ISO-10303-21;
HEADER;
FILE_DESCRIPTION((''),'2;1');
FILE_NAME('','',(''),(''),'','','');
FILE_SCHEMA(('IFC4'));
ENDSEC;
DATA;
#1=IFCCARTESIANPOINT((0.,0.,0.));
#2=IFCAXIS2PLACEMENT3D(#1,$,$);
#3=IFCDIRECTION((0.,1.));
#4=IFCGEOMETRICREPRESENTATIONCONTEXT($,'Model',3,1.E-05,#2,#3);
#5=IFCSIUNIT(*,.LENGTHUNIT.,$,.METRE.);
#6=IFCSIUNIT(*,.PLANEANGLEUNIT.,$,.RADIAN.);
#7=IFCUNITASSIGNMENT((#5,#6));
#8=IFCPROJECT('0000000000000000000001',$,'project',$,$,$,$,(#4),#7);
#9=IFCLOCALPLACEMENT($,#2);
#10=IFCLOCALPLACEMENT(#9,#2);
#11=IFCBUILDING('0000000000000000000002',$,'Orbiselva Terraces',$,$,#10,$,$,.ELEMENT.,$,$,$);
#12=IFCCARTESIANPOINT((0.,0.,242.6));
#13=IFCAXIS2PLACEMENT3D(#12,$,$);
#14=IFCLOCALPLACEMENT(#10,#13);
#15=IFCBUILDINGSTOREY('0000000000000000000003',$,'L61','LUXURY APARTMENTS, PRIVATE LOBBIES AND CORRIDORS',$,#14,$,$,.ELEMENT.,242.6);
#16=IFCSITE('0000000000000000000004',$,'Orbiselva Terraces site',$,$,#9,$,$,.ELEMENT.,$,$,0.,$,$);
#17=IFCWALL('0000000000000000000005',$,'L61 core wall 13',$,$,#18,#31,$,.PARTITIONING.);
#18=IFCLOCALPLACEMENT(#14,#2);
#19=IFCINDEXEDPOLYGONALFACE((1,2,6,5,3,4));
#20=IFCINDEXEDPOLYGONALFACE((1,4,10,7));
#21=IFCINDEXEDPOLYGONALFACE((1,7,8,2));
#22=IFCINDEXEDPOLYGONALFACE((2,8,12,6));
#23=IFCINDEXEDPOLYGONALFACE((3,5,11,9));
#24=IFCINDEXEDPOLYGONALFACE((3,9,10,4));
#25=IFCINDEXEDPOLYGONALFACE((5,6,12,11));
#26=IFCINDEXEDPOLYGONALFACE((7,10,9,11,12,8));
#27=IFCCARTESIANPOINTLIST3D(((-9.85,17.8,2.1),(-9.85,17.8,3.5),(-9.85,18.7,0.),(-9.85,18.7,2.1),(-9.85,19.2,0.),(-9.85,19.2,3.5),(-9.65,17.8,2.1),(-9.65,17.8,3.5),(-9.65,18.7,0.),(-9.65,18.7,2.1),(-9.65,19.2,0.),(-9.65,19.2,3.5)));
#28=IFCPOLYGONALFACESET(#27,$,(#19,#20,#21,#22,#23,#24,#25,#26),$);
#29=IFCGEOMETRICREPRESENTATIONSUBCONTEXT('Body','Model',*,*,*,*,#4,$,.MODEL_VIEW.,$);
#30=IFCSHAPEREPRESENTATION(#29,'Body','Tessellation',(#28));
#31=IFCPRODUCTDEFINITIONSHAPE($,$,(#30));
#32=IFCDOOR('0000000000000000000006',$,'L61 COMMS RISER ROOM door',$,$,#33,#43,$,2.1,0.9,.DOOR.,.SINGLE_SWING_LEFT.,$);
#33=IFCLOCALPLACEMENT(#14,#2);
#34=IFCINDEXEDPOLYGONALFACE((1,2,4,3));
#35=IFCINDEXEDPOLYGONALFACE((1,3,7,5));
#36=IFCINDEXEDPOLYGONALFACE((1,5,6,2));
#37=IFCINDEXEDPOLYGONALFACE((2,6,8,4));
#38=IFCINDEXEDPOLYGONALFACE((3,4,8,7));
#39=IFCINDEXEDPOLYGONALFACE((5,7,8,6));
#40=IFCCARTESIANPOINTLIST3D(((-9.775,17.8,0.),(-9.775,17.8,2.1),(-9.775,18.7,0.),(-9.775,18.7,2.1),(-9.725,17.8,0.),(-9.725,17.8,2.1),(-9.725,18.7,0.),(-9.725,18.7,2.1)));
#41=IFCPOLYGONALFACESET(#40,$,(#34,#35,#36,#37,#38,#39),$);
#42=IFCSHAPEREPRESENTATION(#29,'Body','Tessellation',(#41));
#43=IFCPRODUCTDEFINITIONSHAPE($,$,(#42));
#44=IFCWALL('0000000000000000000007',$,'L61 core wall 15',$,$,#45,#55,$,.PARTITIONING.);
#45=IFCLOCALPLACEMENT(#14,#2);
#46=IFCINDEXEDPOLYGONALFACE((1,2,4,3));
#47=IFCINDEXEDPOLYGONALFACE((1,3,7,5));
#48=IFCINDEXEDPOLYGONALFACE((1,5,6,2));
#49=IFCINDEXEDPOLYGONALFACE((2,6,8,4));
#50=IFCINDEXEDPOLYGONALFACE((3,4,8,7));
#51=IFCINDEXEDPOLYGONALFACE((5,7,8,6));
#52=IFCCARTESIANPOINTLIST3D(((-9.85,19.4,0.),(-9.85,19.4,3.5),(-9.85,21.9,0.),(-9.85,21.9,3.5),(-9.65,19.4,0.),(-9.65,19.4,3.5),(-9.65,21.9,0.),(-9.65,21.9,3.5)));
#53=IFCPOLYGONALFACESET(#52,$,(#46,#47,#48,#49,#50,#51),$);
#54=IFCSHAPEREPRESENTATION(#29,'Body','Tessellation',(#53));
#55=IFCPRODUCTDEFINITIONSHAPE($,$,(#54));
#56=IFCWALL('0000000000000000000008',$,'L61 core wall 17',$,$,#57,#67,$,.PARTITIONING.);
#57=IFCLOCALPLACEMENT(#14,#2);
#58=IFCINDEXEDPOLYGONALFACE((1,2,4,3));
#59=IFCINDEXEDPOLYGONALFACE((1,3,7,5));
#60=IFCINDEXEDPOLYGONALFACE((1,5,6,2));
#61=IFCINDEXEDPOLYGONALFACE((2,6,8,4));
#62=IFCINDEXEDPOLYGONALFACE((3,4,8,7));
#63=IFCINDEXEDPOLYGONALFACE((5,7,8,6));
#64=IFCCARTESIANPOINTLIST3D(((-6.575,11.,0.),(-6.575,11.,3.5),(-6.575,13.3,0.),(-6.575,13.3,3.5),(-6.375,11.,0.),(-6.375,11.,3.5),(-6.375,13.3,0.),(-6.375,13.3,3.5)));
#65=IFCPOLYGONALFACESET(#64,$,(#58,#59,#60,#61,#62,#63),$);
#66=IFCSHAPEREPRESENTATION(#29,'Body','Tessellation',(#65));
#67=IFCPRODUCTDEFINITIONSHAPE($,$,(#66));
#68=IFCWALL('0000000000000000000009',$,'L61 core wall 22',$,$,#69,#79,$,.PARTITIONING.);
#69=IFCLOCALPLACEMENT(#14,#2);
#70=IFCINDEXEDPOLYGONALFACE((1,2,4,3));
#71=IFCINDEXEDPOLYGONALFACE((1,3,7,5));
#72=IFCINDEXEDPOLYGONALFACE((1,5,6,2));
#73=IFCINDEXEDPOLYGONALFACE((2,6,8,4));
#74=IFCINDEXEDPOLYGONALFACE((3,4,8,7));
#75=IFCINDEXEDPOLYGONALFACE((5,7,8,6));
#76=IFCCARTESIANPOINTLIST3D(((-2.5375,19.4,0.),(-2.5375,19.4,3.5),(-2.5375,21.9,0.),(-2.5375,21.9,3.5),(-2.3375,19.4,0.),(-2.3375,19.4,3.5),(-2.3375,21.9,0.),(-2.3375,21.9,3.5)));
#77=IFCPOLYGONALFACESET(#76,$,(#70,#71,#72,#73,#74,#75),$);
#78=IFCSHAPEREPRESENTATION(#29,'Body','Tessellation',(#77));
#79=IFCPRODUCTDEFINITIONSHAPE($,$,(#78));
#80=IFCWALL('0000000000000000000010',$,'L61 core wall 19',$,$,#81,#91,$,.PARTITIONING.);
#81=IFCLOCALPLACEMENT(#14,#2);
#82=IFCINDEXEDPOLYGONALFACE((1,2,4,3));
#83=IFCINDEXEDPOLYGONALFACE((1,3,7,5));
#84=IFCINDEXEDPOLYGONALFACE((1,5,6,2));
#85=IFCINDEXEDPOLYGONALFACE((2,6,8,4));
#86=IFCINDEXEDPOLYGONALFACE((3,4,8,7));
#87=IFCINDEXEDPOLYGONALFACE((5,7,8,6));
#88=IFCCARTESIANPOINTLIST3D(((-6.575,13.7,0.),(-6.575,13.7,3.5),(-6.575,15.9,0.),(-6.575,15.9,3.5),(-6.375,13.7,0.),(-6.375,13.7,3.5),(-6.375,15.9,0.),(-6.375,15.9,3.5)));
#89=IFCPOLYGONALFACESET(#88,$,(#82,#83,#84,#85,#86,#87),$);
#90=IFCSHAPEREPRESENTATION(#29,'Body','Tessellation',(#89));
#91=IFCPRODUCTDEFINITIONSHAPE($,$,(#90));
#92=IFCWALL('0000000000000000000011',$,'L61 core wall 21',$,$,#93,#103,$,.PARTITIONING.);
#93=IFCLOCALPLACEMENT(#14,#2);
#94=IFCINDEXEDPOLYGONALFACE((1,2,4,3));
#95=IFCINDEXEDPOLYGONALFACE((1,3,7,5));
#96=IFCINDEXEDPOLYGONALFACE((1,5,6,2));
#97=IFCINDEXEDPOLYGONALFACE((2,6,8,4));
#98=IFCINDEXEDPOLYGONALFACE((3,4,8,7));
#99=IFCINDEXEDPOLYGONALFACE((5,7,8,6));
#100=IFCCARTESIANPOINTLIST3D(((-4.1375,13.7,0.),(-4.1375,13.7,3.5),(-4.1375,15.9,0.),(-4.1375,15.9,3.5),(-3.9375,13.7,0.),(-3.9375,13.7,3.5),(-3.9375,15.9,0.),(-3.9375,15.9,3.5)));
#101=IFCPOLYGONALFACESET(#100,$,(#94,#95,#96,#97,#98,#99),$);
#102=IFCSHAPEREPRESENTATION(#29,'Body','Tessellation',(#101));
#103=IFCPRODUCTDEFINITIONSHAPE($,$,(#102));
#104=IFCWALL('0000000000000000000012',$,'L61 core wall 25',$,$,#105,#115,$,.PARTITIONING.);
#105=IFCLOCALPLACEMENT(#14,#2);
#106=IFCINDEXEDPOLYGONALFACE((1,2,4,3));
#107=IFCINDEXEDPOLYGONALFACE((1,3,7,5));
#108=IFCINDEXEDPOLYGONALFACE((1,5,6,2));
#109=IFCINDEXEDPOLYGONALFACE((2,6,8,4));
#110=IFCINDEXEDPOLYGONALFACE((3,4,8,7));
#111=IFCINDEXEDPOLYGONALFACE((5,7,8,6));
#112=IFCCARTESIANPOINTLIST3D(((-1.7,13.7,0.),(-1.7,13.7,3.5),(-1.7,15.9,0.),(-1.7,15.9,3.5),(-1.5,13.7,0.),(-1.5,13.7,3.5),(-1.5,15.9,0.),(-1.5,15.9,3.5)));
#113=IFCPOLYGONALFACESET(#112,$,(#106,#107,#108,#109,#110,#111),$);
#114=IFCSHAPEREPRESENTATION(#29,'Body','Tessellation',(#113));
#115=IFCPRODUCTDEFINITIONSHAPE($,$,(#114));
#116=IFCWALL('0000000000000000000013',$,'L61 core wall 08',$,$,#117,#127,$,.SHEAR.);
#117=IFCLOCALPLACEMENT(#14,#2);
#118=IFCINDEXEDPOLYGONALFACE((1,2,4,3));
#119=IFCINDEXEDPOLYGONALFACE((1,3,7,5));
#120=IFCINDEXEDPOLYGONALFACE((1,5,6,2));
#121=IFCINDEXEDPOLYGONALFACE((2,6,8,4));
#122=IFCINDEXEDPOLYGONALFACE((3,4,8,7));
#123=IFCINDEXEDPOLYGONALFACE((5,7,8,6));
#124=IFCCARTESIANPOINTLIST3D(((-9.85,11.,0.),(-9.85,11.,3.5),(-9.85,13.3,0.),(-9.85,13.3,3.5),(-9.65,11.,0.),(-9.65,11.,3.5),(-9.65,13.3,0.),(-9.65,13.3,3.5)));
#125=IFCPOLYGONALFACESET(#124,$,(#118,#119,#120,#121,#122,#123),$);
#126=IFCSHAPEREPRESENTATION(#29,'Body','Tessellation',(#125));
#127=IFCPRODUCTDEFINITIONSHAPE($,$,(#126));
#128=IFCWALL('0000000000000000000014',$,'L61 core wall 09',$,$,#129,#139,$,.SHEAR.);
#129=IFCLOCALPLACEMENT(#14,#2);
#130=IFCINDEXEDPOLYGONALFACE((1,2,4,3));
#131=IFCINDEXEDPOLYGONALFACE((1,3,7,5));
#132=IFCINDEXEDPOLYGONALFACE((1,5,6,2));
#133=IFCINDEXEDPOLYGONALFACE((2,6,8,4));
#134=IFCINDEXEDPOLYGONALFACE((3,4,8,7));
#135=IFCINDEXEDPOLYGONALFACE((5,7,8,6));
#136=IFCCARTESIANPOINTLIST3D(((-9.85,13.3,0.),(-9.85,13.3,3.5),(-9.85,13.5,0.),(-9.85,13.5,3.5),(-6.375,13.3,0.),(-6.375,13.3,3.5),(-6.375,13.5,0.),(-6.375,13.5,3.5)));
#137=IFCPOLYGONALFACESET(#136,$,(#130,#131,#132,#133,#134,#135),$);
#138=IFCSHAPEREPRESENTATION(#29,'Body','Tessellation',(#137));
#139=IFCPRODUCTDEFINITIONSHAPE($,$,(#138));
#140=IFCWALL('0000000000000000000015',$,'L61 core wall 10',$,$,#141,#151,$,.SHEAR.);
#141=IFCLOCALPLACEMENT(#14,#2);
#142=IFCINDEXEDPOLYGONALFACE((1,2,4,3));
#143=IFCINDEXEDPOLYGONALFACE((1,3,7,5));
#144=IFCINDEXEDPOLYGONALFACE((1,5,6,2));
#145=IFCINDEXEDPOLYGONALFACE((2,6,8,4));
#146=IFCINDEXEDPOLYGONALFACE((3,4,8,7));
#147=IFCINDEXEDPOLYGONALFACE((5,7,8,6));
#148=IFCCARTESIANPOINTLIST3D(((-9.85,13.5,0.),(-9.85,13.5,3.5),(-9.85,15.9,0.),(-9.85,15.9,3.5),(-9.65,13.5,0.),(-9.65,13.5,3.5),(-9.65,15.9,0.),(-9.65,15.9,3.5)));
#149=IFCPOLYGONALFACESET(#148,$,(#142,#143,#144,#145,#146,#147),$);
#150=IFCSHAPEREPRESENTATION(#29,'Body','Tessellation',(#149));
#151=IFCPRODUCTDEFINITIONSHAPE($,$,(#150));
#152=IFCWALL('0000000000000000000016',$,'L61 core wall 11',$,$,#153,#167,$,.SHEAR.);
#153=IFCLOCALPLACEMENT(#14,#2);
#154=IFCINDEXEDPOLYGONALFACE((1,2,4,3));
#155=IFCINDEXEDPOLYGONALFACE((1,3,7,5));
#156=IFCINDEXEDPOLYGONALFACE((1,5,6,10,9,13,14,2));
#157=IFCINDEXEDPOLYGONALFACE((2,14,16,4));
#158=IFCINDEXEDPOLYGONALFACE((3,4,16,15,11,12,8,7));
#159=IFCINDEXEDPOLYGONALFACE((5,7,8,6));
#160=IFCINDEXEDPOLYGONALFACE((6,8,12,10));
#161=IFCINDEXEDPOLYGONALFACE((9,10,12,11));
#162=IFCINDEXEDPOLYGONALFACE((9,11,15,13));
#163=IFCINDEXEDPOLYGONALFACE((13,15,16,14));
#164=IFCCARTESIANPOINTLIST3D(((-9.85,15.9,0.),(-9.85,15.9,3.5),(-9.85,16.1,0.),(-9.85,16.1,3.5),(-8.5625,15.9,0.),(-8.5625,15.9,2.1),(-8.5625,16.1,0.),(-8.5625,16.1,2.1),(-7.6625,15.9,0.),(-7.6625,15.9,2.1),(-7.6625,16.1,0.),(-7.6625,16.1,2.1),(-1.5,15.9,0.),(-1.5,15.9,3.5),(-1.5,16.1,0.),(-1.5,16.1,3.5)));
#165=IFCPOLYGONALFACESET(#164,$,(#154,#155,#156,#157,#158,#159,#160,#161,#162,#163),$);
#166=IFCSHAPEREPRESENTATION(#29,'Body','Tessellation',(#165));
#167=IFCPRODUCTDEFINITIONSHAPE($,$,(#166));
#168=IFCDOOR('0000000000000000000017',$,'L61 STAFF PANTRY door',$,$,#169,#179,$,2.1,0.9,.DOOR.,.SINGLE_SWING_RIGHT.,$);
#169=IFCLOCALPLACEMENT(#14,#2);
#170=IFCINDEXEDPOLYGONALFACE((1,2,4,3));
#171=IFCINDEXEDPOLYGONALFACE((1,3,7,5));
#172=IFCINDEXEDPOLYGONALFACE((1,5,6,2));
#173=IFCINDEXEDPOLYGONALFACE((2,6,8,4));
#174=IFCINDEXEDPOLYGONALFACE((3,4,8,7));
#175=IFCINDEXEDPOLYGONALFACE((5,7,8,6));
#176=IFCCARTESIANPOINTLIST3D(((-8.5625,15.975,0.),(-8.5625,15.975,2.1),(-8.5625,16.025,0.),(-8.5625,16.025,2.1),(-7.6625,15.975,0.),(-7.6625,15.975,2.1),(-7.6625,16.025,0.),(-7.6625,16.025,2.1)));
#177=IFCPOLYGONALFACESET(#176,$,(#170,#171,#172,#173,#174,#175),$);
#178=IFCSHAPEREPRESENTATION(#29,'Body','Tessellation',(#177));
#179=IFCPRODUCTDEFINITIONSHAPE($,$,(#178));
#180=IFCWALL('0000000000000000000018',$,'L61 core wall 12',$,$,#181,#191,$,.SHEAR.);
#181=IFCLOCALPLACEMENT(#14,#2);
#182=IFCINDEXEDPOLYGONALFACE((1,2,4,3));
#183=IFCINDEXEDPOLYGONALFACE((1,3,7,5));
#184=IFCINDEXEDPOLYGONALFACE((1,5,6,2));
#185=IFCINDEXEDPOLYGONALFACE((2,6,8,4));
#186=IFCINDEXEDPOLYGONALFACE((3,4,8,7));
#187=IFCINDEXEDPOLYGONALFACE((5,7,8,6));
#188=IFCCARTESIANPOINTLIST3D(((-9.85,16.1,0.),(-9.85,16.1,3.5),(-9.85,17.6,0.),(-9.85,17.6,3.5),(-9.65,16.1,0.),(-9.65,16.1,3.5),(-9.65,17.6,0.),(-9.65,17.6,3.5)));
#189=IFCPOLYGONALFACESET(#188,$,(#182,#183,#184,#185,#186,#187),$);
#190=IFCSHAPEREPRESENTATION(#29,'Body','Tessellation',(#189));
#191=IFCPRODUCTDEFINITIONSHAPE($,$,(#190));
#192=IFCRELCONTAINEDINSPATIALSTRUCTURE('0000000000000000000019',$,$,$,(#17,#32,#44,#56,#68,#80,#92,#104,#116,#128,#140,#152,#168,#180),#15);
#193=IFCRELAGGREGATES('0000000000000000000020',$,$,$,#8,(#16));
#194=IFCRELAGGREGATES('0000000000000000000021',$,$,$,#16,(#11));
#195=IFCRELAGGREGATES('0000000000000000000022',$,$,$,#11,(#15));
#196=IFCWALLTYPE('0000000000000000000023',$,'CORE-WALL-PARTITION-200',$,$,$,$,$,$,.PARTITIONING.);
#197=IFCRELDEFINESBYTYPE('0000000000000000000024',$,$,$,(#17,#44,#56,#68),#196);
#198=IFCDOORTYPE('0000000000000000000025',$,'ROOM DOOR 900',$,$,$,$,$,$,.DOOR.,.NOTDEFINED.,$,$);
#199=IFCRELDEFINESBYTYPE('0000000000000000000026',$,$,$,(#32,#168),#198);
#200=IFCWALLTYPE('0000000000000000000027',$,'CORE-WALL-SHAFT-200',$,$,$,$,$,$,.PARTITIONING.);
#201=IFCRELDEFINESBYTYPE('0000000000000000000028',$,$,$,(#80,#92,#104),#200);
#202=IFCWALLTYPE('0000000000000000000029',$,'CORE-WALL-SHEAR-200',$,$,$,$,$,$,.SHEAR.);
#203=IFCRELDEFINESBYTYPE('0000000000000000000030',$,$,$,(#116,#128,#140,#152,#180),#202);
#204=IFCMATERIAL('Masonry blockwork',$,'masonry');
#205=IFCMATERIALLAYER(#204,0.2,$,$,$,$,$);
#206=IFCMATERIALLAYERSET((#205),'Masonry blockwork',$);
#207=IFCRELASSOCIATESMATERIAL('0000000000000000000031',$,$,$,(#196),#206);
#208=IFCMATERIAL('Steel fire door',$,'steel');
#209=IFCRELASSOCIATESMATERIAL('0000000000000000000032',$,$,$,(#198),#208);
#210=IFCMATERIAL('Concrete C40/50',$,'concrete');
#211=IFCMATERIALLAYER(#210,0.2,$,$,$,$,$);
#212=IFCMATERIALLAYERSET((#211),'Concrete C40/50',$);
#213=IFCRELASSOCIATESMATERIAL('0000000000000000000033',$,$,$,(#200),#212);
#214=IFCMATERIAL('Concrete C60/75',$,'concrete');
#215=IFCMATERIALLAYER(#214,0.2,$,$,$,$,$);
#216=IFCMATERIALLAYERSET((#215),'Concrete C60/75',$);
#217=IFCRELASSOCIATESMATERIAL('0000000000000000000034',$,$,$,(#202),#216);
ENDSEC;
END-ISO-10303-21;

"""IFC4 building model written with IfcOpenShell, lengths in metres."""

from ifc_helpers import new_model, si_unit, direction, frame, frame_2d, origin, place, context, subcontext, project, spatial, rectangle, extrude, material, layer, layer_set, type_object, element, fill, save


model = new_model("IFC4")

# Units and contexts
model_context = context("Model", 3, precision=1e-05, world=origin(), true_north=direction((0.0, 1.0)))
body_context = subcontext(model_context, "Body", "Model", "MODEL_VIEW")
ifc_project = project(units=[si_unit("LENGTHUNIT", "METRE"), si_unit("PLANEANGLEUNIT", "RADIAN")], contexts=[model_context])

# Site, building, storey
site_placement = place(None, origin())
site = spatial("IfcSite", under=ifc_project, at=site_placement, Name="Orbiselva Terraces site", CompositionType="ELEMENT", RefElevation=0.0)
building_placement = place(site_placement, origin())
building = spatial("IfcBuilding", under=site, at=building_placement, Name="Orbiselva Terraces", CompositionType="ELEMENT")
storey_placement = place(building_placement, frame((0.0, 0.0, 242.6)))
storey = spatial("IfcBuildingStorey", under=building, at=storey_placement, Name="L61", Description="LUXURY APARTMENTS, PRIVATE LOBBIES AND CORRIDORS", CompositionType="ELEMENT", Elevation=242.6)

# Wall, opening, door
ifc_material_1 = material(Name="Masonry blockwork", Category="masonry")
ifc_layer_1 = layer(ifc_material_1, 0.2)
ifc_layer_set_1 = layer_set([ifc_layer_1], Name="Masonry blockwork")
wall_type_1 = type_object("IfcWallType", Name="CORE-WALL-PARTITION-200", PredefinedType="PARTITIONING", material=ifc_layer_set_1)
wall_1_placement = place(storey_placement, frame((-9.75, 17.8, 0.0), z_axis=(0.0, 0.0, 1.0), x_axis=(0.0, 1.0, 0.0)))
wall_1 = element("IfcWall", 1, at=wall_1_placement, inside=storey, type_object=wall_type_1, Name="L61 core wall 13", PredefinedType="PARTITIONING", context=body_context, shape_type="SweptSolid", body=[
    extrude(rectangle(XDim=1.4, YDim=0.2, at=frame_2d((0.7, 0.0))), origin(), (0.0, 0.0, 1.0), 3.5),
])
opening_1_placement = place(wall_1_placement, origin())
opening_1 = element("IfcOpeningElement", 2, at=opening_1_placement, cuts=wall_1, PredefinedType="OPENING", context=body_context, shape_type="SweptSolid", body=[
    extrude(rectangle(XDim=0.9, YDim=2.1, at=frame_2d((0.45, 1.05))), frame((0.0, 0.11, 0.0), z_axis=(0.0, -1.0, 0.0), x_axis=(1.0, 0.0, 0.0)), (0.0, 0.0, 1.0), 0.22),
])
ifc_material_2 = material(Name="Steel fire door", Category="steel")
door_type_1 = type_object("IfcDoorType", Name="ROOM DOOR 900", OperationType="NOTDEFINED", PredefinedType="DOOR", material=ifc_material_2)
door_1_placement = place(opening_1_placement, origin())
door_1 = element("IfcDoor", 3, at=door_1_placement, inside=storey, type_object=door_type_1, Name="L61 COMMS RISER ROOM door", OperationType="SINGLE_SWING_LEFT", OverallHeight=2.1, OverallWidth=0.9, PredefinedType="DOOR", context=body_context, shape_type="SweptSolid", body=[
    extrude(rectangle(XDim=0.9, YDim=2.1, at=frame_2d((0.45, 1.05))), frame((0.0, 0.025, 0.0), z_axis=(0.0, -1.0, 0.0), x_axis=(1.0, 0.0, 0.0)), (0.0, 0.0, 1.0), 0.05),
])
fill(opening_1, door_1)

# Walls
wall_2_placement = place(storey_placement, frame((-9.75, 19.4, 0.0), z_axis=(0.0, 0.0, 1.0), x_axis=(0.0, 1.0, 0.0)))
element("IfcWall", 4, at=wall_2_placement, inside=storey, type_object=wall_type_1, Name="L61 core wall 15", PredefinedType="PARTITIONING", context=body_context, shape_type="SweptSolid", body=[
    extrude(rectangle(XDim=2.5, YDim=0.2, at=frame_2d((1.25, 0.0))), origin(), (0.0, 0.0, 1.0), 3.5),
])
wall_3_placement = place(storey_placement, frame((-6.475, 11.0, 0.0), z_axis=(0.0, 0.0, 1.0), x_axis=(0.0, 1.0, 0.0)))
element("IfcWall", 5, at=wall_3_placement, inside=storey, type_object=wall_type_1, Name="L61 core wall 17", PredefinedType="PARTITIONING", context=body_context, shape_type="SweptSolid", body=[
    extrude(rectangle(XDim=2.3, YDim=0.2, at=frame_2d((1.15, 0.0))), origin(), (0.0, 0.0, 1.0), 3.5),
])
wall_4_placement = place(storey_placement, frame((-2.4375, 19.4, 0.0), z_axis=(0.0, 0.0, 1.0), x_axis=(0.0, 1.0, 0.0)))
element("IfcWall", 6, at=wall_4_placement, inside=storey, type_object=wall_type_1, Name="L61 core wall 22", PredefinedType="PARTITIONING", context=body_context, shape_type="SweptSolid", body=[
    extrude(rectangle(XDim=2.5, YDim=0.2, at=frame_2d((1.25, 0.0))), origin(), (0.0, 0.0, 1.0), 3.5),
])
ifc_material_3 = material(Name="Concrete C40/50", Category="concrete")
ifc_layer_2 = layer(ifc_material_3, 0.2)
ifc_layer_set_2 = layer_set([ifc_layer_2], Name="Concrete C40/50")
wall_type_2 = type_object("IfcWallType", Name="CORE-WALL-SHAFT-200", PredefinedType="PARTITIONING", material=ifc_layer_set_2)
for number, where, z_axis, x_axis, name in (
    (7, (-6.475, 13.7, 0.0), (0.0, 0.0, 1.0), (0.0, 1.0, 0.0), "L61 core wall 19"),
    (8, (-4.0375, 13.7, 0.0), (0.0, 0.0, 1.0), (0.0, 1.0, 0.0), "L61 core wall 21"),
    (9, (-1.6, 13.7, 0.0), (0.0, 0.0, 1.0), (0.0, 1.0, 0.0), "L61 core wall 25"),
):
    element("IfcWall", number, at=place(storey_placement, frame(where, z_axis=z_axis, x_axis=x_axis)), inside=storey, type_object=wall_type_2, Name=name, PredefinedType="PARTITIONING", context=body_context, shape_type="SweptSolid", body=[
        extrude(rectangle(XDim=2.2, YDim=0.2, at=frame_2d((1.1, 0.0))), origin(), (0.0, 0.0, 1.0), 3.5),
    ])
ifc_material_4 = material(Name="Concrete C60/75", Category="concrete")
ifc_layer_3 = layer(ifc_material_4, 0.2)
ifc_layer_set_3 = layer_set([ifc_layer_3], Name="Concrete C60/75")
wall_type_3 = type_object("IfcWallType", Name="CORE-WALL-SHEAR-200", PredefinedType="SHEAR", material=ifc_layer_set_3)
wall_5_placement = place(storey_placement, frame((-9.75, 11.0, 0.0), z_axis=(0.0, 0.0, 1.0), x_axis=(0.0, 1.0, 0.0)))
element("IfcWall", 10, at=wall_5_placement, inside=storey, type_object=wall_type_3, Name="L61 core wall 08", PredefinedType="SHEAR", context=body_context, shape_type="SweptSolid", body=[
    extrude(rectangle(XDim=2.3, YDim=0.2, at=frame_2d((1.15, 0.0))), origin(), (0.0, 0.0, 1.0), 3.5),
])
wall_6_placement = place(storey_placement, frame((-9.85, 13.4, 0.0), z_axis=(0.0, 0.0, 1.0), x_axis=(1.0, 0.0, 0.0)))
element("IfcWall", 11, at=wall_6_placement, inside=storey, type_object=wall_type_3, Name="L61 core wall 09", PredefinedType="SHEAR", context=body_context, shape_type="SweptSolid", body=[
    extrude(rectangle(XDim=3.475, YDim=0.2, at=frame_2d((1.7375, 0.0))), origin(), (0.0, 0.0, 1.0), 3.5),
])
wall_7_placement = place(storey_placement, frame((-9.75, 13.5, 0.0), z_axis=(0.0, 0.0, 1.0), x_axis=(0.0, 1.0, 0.0)))
element("IfcWall", 12, at=wall_7_placement, inside=storey, type_object=wall_type_3, Name="L61 core wall 10", PredefinedType="SHEAR", context=body_context, shape_type="SweptSolid", body=[
    extrude(rectangle(XDim=2.4, YDim=0.2, at=frame_2d((1.2, 0.0))), origin(), (0.0, 0.0, 1.0), 3.5),
])

# Wall, opening, door
wall_8_placement = place(storey_placement, frame((-1.5, 16.0, 0.0), z_axis=(0.0, 0.0, 1.0), x_axis=(-1.0, 0.0, 0.0)))
wall_8 = element("IfcWall", 13, at=wall_8_placement, inside=storey, type_object=wall_type_3, Name="L61 core wall 11", PredefinedType="SHEAR", context=body_context, shape_type="SweptSolid", body=[
    extrude(rectangle(XDim=8.35, YDim=0.2, at=frame_2d((4.175, 0.0))), origin(), (0.0, 0.0, 1.0), 3.5),
])
opening_2_placement = place(wall_8_placement, frame((6.1625, 0.0, 0.0)))
opening_2 = element("IfcOpeningElement", 14, at=opening_2_placement, cuts=wall_8, PredefinedType="OPENING", context=body_context, shape_type="SweptSolid", body=[
    extrude(rectangle(XDim=0.9, YDim=2.1, at=frame_2d((0.45, 1.05))), frame((0.0, 0.11, 0.0), z_axis=(0.0, -1.0, 0.0), x_axis=(1.0, 0.0, 0.0)), (0.0, 0.0, 1.0), 0.22),
])
door_2_placement = place(opening_2_placement, origin())
door_2 = element("IfcDoor", 15, at=door_2_placement, inside=storey, type_object=door_type_1, Name="L61 STAFF PANTRY door", OperationType="SINGLE_SWING_RIGHT", OverallHeight=2.1, OverallWidth=0.9, PredefinedType="DOOR", context=body_context, shape_type="SweptSolid", body=[
    extrude(rectangle(XDim=0.9, YDim=2.1, at=frame_2d((0.45, 1.05))), frame((0.0, 0.025, 0.0), z_axis=(0.0, -1.0, 0.0), x_axis=(1.0, 0.0, 0.0)), (0.0, 0.0, 1.0), 0.05),
])
fill(opening_2, door_2)

# Wall
wall_9_placement = place(storey_placement, frame((-9.75, 16.1, 0.0), z_axis=(0.0, 0.0, 1.0), x_axis=(0.0, 1.0, 0.0)))
element("IfcWall", 16, at=wall_9_placement, inside=storey, type_object=wall_type_3, Name="L61 core wall 12", PredefinedType="SHEAR", context=body_context, shape_type="SweptSolid", body=[
    extrude(rectangle(XDim=1.5, YDim=0.2, at=frame_2d((0.75, 0.0))), origin(), (0.0, 0.0, 1.0), 3.5),
])

save(model, "model.ifc")
